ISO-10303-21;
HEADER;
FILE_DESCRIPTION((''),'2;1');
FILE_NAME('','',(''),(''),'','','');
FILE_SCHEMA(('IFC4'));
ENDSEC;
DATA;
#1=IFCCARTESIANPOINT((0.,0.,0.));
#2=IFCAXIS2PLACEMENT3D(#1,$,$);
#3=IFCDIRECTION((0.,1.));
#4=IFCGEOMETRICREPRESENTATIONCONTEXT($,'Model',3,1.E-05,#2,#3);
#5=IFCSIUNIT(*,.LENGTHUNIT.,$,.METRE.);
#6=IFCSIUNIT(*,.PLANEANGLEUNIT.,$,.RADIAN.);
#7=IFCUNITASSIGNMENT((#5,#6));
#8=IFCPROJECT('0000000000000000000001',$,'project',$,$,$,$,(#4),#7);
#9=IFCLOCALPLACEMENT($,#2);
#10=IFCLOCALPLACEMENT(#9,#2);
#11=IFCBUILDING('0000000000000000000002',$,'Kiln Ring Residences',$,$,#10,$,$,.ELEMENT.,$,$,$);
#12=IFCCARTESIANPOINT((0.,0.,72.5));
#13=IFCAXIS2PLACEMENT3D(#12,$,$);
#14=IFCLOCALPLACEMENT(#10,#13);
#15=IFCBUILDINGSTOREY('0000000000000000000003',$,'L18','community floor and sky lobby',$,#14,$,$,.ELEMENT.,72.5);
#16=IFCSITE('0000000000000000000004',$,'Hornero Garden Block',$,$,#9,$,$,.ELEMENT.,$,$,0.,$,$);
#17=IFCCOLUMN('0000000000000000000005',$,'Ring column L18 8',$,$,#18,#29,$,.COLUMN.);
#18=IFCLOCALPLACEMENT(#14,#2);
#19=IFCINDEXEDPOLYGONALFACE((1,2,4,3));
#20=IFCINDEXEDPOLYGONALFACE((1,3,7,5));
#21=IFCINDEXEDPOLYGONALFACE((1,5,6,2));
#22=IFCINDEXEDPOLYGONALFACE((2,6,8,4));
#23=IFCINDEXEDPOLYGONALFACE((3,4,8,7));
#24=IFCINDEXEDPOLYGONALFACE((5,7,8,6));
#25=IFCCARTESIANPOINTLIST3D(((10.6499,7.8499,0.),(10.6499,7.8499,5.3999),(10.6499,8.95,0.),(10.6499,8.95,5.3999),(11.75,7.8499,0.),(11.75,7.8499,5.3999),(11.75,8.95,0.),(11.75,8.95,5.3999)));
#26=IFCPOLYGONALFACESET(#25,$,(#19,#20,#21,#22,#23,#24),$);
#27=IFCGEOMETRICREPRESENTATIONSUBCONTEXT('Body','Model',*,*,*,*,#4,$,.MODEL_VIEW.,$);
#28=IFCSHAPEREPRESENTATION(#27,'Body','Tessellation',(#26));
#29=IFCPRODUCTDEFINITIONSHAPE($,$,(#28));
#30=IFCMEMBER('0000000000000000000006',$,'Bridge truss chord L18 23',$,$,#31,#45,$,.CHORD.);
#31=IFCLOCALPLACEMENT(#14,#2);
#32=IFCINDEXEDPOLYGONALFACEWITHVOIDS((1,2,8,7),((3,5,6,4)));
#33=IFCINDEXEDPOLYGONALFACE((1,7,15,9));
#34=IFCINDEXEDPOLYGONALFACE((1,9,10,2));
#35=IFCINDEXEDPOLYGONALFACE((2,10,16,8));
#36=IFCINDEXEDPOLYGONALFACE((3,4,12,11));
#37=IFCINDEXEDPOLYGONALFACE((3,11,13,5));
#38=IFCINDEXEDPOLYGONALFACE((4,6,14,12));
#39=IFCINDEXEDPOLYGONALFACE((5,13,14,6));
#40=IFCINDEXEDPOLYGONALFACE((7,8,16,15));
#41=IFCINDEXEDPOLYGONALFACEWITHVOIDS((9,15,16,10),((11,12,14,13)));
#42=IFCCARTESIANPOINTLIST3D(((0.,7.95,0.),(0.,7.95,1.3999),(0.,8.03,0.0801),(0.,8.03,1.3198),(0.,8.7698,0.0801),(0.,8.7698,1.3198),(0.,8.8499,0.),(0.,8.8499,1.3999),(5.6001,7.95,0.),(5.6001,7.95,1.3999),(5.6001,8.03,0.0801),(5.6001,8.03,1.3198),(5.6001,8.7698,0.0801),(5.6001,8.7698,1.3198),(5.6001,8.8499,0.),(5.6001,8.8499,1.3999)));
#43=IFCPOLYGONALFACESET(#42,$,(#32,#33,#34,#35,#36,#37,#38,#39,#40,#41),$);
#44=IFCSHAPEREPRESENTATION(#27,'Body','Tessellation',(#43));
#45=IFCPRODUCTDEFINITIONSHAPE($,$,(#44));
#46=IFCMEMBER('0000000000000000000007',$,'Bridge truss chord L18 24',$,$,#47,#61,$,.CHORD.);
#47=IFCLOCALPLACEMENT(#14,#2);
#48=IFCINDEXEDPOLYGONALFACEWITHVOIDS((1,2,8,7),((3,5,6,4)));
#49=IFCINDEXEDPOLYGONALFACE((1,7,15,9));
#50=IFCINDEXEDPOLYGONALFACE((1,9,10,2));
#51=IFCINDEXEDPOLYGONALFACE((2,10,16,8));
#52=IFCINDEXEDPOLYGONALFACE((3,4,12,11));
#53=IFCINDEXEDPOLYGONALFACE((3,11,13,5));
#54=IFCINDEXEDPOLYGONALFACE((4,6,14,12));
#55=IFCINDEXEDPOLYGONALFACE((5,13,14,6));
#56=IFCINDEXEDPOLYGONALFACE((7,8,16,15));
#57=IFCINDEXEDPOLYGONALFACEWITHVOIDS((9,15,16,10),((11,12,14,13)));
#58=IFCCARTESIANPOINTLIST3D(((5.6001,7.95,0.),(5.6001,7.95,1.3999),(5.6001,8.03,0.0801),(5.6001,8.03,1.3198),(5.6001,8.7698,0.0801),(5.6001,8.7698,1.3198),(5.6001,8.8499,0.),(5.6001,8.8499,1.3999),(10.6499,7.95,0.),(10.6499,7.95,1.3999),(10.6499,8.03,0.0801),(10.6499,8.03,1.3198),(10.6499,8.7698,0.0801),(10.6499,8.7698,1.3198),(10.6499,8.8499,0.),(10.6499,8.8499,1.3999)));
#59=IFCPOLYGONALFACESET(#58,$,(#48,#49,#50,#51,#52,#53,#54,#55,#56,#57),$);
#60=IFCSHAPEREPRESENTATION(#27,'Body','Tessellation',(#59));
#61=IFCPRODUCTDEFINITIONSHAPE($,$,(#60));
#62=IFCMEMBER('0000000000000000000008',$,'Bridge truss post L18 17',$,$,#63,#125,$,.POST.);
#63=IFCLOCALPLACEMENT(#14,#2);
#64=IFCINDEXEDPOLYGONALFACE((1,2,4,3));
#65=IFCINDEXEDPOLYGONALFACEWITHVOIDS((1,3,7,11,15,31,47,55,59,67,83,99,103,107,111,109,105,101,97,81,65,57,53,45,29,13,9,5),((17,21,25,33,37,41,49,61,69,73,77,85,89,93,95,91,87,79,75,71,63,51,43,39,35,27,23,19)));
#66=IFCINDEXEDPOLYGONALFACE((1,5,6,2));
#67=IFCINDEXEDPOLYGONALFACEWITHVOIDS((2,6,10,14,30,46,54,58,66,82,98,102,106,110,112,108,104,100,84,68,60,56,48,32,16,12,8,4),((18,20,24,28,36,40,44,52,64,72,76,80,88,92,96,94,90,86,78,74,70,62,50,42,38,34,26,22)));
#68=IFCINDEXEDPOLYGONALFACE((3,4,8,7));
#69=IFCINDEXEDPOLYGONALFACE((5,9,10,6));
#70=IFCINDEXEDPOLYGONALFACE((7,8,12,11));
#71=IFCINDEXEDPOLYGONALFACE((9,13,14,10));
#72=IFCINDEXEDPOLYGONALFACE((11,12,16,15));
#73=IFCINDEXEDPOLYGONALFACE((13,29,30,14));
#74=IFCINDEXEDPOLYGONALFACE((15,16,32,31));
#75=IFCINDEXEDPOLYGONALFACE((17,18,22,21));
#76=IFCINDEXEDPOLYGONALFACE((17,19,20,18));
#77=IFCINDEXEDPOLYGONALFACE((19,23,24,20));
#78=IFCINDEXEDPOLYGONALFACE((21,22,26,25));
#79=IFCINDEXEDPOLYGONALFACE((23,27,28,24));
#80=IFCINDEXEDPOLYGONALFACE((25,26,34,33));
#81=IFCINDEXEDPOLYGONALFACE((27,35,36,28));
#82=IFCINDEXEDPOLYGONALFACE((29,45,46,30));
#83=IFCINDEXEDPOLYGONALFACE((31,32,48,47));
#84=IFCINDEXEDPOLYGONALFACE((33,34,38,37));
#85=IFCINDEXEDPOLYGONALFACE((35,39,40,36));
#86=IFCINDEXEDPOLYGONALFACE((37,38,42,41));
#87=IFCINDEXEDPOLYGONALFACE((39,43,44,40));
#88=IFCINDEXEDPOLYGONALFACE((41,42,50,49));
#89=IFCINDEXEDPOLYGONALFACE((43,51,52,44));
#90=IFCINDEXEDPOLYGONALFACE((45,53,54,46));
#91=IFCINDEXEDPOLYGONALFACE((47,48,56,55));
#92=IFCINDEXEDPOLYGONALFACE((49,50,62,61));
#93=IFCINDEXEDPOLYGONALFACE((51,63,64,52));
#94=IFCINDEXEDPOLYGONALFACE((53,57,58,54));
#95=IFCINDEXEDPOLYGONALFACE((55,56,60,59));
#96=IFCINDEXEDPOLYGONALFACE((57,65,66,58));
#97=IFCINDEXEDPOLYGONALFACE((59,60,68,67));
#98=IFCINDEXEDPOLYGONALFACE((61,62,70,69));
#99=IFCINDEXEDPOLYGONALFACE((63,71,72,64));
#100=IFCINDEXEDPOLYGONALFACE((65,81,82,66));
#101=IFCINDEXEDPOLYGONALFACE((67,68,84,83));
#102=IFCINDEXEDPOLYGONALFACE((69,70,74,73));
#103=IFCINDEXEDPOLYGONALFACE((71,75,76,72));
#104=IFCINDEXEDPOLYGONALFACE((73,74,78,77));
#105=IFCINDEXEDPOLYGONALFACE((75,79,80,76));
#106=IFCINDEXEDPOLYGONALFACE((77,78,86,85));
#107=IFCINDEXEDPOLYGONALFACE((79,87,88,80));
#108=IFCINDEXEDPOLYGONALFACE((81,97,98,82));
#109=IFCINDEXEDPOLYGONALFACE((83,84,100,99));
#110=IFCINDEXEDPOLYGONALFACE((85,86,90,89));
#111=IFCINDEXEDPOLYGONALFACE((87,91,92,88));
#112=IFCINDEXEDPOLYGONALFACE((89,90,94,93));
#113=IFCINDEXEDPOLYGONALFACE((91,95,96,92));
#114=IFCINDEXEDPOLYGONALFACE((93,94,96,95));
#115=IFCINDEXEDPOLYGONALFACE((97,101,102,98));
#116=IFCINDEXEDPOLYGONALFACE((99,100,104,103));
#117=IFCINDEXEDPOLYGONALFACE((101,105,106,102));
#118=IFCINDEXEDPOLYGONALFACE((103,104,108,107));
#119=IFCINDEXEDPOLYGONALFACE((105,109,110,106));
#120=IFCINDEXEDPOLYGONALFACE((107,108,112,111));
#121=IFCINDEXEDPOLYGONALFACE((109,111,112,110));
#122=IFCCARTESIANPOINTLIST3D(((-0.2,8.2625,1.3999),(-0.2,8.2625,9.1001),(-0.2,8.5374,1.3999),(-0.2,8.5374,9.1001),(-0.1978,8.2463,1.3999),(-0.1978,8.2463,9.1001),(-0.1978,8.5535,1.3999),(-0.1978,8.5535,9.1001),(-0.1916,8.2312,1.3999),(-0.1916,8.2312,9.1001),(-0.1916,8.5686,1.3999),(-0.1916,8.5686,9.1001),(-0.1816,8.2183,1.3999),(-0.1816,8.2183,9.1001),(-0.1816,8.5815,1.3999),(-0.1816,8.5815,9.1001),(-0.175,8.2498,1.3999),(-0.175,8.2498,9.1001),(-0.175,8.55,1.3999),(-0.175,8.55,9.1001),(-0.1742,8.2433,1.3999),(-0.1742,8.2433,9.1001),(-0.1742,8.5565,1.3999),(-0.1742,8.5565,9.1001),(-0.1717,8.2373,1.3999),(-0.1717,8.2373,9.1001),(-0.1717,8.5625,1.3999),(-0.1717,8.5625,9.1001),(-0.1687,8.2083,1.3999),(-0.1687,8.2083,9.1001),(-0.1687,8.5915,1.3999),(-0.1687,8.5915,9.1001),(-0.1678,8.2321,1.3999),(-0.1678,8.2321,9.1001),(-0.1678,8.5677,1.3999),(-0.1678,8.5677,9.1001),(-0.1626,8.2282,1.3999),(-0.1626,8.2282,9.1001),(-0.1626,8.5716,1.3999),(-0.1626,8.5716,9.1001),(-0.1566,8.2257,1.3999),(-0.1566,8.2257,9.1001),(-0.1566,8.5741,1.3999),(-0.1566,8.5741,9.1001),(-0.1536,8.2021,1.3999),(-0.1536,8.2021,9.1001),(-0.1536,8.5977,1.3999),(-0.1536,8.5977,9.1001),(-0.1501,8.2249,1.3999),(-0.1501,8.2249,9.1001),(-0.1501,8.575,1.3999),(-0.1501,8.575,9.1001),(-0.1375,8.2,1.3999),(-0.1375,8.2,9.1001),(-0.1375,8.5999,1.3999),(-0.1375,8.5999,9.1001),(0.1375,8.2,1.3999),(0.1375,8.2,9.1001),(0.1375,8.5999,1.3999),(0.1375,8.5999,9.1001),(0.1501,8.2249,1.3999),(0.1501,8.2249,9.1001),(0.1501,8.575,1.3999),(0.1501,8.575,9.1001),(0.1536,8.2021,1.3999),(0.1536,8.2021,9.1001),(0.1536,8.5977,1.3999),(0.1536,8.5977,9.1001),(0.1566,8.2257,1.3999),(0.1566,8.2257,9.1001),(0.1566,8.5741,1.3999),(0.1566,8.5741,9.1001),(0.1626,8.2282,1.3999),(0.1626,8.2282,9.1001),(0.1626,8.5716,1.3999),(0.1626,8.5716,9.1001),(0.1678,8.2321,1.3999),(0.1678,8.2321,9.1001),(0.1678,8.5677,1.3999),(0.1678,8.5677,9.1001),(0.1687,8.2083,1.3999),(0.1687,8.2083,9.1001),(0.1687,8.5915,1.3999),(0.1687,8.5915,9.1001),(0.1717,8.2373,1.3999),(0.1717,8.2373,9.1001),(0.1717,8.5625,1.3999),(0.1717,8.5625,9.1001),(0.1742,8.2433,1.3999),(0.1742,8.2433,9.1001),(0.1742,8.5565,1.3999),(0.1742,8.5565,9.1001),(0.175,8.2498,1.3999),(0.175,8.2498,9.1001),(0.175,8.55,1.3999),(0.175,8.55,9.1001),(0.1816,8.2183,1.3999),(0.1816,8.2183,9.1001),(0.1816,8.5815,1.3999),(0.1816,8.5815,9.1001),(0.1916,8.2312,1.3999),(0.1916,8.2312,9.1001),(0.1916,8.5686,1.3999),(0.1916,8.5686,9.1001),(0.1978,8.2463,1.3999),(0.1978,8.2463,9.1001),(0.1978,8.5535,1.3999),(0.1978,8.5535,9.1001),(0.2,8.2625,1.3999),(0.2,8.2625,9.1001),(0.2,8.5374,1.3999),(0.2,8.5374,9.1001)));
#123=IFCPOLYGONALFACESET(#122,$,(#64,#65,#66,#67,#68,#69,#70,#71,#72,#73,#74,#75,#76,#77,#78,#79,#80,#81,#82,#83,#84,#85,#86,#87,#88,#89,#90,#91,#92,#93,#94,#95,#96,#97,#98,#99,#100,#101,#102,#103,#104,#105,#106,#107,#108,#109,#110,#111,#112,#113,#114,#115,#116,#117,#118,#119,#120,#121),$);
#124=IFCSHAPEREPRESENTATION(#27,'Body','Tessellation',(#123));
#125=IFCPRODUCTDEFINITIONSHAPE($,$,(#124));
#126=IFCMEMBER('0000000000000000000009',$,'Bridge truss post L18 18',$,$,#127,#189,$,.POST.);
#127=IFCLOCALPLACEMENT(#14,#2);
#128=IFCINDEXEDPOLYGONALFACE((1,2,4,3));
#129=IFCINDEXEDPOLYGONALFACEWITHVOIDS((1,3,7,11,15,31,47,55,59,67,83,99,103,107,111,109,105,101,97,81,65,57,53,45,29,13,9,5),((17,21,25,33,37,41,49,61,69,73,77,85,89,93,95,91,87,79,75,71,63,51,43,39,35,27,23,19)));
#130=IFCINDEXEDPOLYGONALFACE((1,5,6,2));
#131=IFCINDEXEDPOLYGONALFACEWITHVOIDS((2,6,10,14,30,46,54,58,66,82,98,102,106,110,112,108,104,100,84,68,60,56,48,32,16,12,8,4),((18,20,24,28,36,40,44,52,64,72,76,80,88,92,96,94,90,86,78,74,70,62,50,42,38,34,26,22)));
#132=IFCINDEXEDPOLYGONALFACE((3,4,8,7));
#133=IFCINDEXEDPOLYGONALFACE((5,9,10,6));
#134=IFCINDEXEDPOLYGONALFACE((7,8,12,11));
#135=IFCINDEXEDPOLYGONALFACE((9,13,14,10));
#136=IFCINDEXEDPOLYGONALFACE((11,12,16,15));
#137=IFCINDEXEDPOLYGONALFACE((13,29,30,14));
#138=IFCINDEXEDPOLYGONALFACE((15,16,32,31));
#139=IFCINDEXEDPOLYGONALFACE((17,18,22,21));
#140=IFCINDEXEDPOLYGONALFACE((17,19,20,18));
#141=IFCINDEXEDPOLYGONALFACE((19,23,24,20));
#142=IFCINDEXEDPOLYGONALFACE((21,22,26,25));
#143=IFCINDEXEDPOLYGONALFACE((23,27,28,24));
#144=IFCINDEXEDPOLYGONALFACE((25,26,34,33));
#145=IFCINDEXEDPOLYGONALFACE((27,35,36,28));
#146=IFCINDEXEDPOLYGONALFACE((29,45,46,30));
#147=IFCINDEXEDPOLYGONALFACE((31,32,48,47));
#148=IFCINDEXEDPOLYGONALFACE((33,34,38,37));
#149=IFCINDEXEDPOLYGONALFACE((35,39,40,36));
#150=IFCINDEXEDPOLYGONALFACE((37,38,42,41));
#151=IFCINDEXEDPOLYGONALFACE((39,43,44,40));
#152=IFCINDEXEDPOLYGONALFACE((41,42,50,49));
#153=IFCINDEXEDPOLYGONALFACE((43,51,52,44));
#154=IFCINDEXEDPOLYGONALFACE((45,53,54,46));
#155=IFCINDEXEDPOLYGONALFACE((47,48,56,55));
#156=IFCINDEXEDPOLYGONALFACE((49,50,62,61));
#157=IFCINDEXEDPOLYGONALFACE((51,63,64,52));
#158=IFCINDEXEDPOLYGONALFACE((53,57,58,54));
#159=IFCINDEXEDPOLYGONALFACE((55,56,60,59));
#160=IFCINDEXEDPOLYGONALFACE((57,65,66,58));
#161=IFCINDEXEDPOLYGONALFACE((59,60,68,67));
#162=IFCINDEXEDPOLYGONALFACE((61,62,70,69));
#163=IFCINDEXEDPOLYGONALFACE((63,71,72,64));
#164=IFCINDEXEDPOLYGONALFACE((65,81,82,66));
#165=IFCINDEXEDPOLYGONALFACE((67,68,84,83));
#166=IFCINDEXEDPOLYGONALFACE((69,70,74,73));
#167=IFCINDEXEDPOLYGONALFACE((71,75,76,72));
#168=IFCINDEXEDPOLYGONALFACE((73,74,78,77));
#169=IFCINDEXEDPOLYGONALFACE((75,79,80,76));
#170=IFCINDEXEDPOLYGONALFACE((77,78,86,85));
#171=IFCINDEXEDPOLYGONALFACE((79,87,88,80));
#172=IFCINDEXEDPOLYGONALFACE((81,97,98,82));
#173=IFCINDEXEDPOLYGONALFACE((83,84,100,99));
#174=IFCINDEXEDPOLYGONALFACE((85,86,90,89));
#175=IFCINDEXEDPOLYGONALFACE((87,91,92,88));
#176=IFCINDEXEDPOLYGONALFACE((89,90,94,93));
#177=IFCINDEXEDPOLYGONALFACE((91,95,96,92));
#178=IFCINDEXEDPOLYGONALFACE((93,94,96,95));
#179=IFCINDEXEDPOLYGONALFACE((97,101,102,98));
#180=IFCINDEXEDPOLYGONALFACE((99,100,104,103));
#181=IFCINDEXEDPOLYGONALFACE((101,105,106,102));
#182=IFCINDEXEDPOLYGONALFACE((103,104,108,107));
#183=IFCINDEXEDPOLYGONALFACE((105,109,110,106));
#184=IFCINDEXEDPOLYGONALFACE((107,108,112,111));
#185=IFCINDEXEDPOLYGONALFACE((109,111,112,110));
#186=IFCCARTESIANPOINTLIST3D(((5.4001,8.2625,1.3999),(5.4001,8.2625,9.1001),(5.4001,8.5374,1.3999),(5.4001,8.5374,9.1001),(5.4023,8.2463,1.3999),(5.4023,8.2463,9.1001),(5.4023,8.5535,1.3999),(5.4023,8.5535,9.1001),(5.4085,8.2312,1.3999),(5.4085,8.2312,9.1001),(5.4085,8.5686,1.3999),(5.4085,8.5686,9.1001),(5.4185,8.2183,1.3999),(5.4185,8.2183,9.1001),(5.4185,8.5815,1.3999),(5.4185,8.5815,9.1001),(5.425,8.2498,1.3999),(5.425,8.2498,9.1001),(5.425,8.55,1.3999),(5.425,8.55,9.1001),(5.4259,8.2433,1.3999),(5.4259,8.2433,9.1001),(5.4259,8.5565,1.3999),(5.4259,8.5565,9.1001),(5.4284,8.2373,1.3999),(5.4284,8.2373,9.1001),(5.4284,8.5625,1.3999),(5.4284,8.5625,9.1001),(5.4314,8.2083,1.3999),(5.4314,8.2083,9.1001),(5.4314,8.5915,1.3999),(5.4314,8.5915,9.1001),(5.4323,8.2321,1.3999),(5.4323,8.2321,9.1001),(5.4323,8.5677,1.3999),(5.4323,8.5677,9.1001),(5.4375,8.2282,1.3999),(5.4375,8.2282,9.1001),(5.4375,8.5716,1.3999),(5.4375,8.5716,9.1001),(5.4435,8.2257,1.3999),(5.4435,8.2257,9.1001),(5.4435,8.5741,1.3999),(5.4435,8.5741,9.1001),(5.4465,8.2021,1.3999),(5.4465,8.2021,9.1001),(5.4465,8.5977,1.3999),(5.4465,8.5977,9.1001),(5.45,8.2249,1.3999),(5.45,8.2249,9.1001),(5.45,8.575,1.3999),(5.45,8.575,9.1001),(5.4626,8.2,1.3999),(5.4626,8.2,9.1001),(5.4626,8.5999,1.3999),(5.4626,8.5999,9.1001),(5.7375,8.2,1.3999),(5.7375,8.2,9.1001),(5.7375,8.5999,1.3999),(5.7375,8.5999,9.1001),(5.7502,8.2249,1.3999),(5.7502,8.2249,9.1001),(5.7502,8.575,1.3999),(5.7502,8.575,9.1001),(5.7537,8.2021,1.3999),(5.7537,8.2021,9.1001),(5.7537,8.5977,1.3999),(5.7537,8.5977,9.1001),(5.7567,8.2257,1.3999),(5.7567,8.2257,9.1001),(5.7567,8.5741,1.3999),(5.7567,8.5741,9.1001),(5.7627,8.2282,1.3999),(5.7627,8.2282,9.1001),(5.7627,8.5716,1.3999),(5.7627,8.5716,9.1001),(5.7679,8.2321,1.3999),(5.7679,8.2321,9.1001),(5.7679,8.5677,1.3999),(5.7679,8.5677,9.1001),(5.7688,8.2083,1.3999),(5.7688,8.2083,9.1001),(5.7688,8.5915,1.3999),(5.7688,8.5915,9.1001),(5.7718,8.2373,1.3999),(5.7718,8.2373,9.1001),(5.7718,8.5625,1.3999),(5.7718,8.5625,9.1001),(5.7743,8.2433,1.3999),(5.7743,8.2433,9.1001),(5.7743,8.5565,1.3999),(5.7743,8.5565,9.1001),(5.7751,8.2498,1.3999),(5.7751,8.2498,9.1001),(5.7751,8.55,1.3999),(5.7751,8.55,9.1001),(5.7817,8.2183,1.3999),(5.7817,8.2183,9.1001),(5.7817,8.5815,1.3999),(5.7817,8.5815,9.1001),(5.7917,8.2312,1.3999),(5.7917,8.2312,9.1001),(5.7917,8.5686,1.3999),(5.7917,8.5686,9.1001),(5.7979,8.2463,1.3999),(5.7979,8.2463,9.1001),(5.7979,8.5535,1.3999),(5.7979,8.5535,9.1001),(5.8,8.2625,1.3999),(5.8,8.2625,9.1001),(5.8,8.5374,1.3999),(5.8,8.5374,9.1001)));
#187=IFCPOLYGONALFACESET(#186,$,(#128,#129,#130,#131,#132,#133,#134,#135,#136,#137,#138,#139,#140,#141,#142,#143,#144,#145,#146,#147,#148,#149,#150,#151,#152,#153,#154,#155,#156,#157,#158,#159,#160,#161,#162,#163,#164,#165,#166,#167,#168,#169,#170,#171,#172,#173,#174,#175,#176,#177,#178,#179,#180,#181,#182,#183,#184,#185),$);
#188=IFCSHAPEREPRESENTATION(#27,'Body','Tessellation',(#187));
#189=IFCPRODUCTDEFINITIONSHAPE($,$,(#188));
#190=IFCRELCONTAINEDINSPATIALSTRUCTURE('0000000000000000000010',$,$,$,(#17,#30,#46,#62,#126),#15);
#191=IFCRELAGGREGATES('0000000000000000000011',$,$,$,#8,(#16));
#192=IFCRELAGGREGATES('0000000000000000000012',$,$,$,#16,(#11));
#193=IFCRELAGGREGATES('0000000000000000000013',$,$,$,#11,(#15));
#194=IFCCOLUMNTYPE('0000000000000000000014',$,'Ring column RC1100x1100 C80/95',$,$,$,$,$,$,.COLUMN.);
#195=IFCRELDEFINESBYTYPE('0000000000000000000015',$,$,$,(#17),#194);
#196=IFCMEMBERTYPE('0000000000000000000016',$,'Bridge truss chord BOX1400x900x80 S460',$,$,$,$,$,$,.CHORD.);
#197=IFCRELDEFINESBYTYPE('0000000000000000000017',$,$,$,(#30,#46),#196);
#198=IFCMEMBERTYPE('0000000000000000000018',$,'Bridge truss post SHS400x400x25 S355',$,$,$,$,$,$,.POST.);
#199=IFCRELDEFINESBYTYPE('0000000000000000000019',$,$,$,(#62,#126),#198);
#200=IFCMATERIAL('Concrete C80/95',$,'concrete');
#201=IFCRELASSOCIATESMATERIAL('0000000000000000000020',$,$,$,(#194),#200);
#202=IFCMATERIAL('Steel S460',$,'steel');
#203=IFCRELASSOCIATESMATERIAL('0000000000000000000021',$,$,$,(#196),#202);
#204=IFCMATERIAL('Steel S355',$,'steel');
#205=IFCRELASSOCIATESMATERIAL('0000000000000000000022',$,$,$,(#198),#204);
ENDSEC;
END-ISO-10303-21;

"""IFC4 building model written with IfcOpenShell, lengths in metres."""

from ifc_helpers import new_model, si_unit, direction, frame, origin, origin_2d, place, context, subcontext, project, spatial, rectangle, hollow_rectangle, extrude, material, material_profile, profile_set, type_object, element, save


model = new_model("IFC4")

# Units and contexts
model_context = context("Model", 3, precision=1e-05, world=origin(), true_north=direction((0.0, 1.0)))
body_context = subcontext(model_context, "Body", "Model", "MODEL_VIEW")
ifc_project = project(units=[si_unit("LENGTHUNIT", "METRE"), si_unit("PLANEANGLEUNIT", "RADIAN")], contexts=[model_context])

# Site, building, storey
site_placement = place(None, origin())
site = spatial("IfcSite", under=ifc_project, at=site_placement, Name="Hornero Garden Block", CompositionType="ELEMENT", RefElevation=0.0)
building_placement = place(site_placement, origin())
building = spatial("IfcBuilding", under=site, at=building_placement, Name="Kiln Ring Residences", CompositionType="ELEMENT")
storey_placement = place(building_placement, frame((0.0, 0.0, 72.5)))
storey = spatial("IfcBuildingStorey", under=building, at=storey_placement, Name="L18", Description="community floor and sky lobby", CompositionType="ELEMENT", Elevation=72.5)

# Column
ifc_material_1 = material(Name="Concrete C80/95", Category="concrete")
ifc_material_profile_1 = material_profile(ifc_material_1, rectangle(XDim=1.1001, YDim=1.1001, at=origin_2d()), Name="RC1100x1100")
ifc_profile_set_1 = profile_set([ifc_material_profile_1], Name="Concrete C80/95")
column_type = type_object("IfcColumnType", Name="Ring column RC1100x1100 C80/95", PredefinedType="COLUMN", material=ifc_profile_set_1)
column_placement = place(storey_placement, frame((11.2, 8.3999, 0.0), z_axis=(0.0, 0.0, 1.0), x_axis=(1.0, 0.0, 0.0)))
element("IfcColumn", 1, at=column_placement, inside=storey, type_object=column_type, Name="Ring column L18 8", PredefinedType="COLUMN", context=body_context, shape_type="SweptSolid", body=[
    extrude(rectangle(XDim=1.1001, YDim=1.1001, at=origin_2d()), origin(), (0.0, 0.0, 1.0), 5.3999),
])

# Members
ifc_material_2 = material(Name="Steel S460", Category="steel")
ifc_material_profile_2 = material_profile(ifc_material_2, hollow_rectangle(XDim=0.8999, YDim=1.3999, WallThickness=0.0801, at=origin_2d()), Name="BOX1400x900x80")
ifc_profile_set_2 = profile_set([ifc_material_profile_2], Name="Steel S460")
member_type_1 = type_object("IfcMemberType", Name="Bridge truss chord BOX1400x900x80 S460", PredefinedType="CHORD", material=ifc_profile_set_2)
member_1_placement = place(storey_placement, frame((0.0, 8.3999, 0.7), z_axis=(1.0, 0.0, 0.0), x_axis=(0.0, 1.0, 0.0)))
element("IfcMember", 2, at=member_1_placement, inside=storey, type_object=member_type_1, Name="Bridge truss chord L18 23", PredefinedType="CHORD", context=body_context, shape_type="SweptSolid", body=[
    extrude(hollow_rectangle(XDim=0.8999, YDim=1.3999, WallThickness=0.0801, at=origin_2d()), origin(), (0.0, 0.0, 1.0), 5.6001),
])
member_2_placement = place(storey_placement, frame((5.6001, 8.3999, 0.7), z_axis=(1.0, 0.0, 0.0), x_axis=(0.0, 1.0, 0.0)))
element("IfcMember", 3, at=member_2_placement, inside=storey, type_object=member_type_1, Name="Bridge truss chord L18 24", PredefinedType="CHORD", context=body_context, shape_type="SweptSolid", body=[
    extrude(hollow_rectangle(XDim=0.8999, YDim=1.3999, WallThickness=0.0801, at=origin_2d()), origin(), (0.0, 0.0, 1.0), 5.0498),
])
ifc_material_3 = material(Name="Steel S355", Category="steel")
ifc_material_profile_3 = material_profile(ifc_material_3, hollow_rectangle(XDim=0.3999, YDim=0.3999, WallThickness=0.0249, InnerFilletRadius=0.0249, OuterFilletRadius=0.0625, at=origin_2d()), Name="SHS400x400x25")
ifc_profile_set_3 = profile_set([ifc_material_profile_3], Name="Steel S355")
member_type_2 = type_object("IfcMemberType", Name="Bridge truss post SHS400x400x25 S355", PredefinedType="POST", material=ifc_profile_set_3)
for number, where, z_axis, x_axis, name in (
    (4, (0.0, 8.3999, 1.3999), (0.0, 0.0, 1.0), (1.0, 0.0, 0.0), "Bridge truss post L18 17"),
    (5, (5.6001, 8.3999, 1.3999), (0.0, 0.0, 1.0), (1.0, 0.0, 0.0), "Bridge truss post L18 18"),
):
    element("IfcMember", number, at=place(storey_placement, frame(where, z_axis=z_axis, x_axis=x_axis)), inside=storey, type_object=member_type_2, Name=name, PredefinedType="POST", context=body_context, shape_type="SweptSolid", body=[
        extrude(hollow_rectangle(XDim=0.3999, YDim=0.3999, WallThickness=0.0249, InnerFilletRadius=0.0249, OuterFilletRadius=0.0625, at=origin_2d()), origin(), (0.0, 0.0, 1.0), 7.7002),
    ])

save(model, "model.ifc")
